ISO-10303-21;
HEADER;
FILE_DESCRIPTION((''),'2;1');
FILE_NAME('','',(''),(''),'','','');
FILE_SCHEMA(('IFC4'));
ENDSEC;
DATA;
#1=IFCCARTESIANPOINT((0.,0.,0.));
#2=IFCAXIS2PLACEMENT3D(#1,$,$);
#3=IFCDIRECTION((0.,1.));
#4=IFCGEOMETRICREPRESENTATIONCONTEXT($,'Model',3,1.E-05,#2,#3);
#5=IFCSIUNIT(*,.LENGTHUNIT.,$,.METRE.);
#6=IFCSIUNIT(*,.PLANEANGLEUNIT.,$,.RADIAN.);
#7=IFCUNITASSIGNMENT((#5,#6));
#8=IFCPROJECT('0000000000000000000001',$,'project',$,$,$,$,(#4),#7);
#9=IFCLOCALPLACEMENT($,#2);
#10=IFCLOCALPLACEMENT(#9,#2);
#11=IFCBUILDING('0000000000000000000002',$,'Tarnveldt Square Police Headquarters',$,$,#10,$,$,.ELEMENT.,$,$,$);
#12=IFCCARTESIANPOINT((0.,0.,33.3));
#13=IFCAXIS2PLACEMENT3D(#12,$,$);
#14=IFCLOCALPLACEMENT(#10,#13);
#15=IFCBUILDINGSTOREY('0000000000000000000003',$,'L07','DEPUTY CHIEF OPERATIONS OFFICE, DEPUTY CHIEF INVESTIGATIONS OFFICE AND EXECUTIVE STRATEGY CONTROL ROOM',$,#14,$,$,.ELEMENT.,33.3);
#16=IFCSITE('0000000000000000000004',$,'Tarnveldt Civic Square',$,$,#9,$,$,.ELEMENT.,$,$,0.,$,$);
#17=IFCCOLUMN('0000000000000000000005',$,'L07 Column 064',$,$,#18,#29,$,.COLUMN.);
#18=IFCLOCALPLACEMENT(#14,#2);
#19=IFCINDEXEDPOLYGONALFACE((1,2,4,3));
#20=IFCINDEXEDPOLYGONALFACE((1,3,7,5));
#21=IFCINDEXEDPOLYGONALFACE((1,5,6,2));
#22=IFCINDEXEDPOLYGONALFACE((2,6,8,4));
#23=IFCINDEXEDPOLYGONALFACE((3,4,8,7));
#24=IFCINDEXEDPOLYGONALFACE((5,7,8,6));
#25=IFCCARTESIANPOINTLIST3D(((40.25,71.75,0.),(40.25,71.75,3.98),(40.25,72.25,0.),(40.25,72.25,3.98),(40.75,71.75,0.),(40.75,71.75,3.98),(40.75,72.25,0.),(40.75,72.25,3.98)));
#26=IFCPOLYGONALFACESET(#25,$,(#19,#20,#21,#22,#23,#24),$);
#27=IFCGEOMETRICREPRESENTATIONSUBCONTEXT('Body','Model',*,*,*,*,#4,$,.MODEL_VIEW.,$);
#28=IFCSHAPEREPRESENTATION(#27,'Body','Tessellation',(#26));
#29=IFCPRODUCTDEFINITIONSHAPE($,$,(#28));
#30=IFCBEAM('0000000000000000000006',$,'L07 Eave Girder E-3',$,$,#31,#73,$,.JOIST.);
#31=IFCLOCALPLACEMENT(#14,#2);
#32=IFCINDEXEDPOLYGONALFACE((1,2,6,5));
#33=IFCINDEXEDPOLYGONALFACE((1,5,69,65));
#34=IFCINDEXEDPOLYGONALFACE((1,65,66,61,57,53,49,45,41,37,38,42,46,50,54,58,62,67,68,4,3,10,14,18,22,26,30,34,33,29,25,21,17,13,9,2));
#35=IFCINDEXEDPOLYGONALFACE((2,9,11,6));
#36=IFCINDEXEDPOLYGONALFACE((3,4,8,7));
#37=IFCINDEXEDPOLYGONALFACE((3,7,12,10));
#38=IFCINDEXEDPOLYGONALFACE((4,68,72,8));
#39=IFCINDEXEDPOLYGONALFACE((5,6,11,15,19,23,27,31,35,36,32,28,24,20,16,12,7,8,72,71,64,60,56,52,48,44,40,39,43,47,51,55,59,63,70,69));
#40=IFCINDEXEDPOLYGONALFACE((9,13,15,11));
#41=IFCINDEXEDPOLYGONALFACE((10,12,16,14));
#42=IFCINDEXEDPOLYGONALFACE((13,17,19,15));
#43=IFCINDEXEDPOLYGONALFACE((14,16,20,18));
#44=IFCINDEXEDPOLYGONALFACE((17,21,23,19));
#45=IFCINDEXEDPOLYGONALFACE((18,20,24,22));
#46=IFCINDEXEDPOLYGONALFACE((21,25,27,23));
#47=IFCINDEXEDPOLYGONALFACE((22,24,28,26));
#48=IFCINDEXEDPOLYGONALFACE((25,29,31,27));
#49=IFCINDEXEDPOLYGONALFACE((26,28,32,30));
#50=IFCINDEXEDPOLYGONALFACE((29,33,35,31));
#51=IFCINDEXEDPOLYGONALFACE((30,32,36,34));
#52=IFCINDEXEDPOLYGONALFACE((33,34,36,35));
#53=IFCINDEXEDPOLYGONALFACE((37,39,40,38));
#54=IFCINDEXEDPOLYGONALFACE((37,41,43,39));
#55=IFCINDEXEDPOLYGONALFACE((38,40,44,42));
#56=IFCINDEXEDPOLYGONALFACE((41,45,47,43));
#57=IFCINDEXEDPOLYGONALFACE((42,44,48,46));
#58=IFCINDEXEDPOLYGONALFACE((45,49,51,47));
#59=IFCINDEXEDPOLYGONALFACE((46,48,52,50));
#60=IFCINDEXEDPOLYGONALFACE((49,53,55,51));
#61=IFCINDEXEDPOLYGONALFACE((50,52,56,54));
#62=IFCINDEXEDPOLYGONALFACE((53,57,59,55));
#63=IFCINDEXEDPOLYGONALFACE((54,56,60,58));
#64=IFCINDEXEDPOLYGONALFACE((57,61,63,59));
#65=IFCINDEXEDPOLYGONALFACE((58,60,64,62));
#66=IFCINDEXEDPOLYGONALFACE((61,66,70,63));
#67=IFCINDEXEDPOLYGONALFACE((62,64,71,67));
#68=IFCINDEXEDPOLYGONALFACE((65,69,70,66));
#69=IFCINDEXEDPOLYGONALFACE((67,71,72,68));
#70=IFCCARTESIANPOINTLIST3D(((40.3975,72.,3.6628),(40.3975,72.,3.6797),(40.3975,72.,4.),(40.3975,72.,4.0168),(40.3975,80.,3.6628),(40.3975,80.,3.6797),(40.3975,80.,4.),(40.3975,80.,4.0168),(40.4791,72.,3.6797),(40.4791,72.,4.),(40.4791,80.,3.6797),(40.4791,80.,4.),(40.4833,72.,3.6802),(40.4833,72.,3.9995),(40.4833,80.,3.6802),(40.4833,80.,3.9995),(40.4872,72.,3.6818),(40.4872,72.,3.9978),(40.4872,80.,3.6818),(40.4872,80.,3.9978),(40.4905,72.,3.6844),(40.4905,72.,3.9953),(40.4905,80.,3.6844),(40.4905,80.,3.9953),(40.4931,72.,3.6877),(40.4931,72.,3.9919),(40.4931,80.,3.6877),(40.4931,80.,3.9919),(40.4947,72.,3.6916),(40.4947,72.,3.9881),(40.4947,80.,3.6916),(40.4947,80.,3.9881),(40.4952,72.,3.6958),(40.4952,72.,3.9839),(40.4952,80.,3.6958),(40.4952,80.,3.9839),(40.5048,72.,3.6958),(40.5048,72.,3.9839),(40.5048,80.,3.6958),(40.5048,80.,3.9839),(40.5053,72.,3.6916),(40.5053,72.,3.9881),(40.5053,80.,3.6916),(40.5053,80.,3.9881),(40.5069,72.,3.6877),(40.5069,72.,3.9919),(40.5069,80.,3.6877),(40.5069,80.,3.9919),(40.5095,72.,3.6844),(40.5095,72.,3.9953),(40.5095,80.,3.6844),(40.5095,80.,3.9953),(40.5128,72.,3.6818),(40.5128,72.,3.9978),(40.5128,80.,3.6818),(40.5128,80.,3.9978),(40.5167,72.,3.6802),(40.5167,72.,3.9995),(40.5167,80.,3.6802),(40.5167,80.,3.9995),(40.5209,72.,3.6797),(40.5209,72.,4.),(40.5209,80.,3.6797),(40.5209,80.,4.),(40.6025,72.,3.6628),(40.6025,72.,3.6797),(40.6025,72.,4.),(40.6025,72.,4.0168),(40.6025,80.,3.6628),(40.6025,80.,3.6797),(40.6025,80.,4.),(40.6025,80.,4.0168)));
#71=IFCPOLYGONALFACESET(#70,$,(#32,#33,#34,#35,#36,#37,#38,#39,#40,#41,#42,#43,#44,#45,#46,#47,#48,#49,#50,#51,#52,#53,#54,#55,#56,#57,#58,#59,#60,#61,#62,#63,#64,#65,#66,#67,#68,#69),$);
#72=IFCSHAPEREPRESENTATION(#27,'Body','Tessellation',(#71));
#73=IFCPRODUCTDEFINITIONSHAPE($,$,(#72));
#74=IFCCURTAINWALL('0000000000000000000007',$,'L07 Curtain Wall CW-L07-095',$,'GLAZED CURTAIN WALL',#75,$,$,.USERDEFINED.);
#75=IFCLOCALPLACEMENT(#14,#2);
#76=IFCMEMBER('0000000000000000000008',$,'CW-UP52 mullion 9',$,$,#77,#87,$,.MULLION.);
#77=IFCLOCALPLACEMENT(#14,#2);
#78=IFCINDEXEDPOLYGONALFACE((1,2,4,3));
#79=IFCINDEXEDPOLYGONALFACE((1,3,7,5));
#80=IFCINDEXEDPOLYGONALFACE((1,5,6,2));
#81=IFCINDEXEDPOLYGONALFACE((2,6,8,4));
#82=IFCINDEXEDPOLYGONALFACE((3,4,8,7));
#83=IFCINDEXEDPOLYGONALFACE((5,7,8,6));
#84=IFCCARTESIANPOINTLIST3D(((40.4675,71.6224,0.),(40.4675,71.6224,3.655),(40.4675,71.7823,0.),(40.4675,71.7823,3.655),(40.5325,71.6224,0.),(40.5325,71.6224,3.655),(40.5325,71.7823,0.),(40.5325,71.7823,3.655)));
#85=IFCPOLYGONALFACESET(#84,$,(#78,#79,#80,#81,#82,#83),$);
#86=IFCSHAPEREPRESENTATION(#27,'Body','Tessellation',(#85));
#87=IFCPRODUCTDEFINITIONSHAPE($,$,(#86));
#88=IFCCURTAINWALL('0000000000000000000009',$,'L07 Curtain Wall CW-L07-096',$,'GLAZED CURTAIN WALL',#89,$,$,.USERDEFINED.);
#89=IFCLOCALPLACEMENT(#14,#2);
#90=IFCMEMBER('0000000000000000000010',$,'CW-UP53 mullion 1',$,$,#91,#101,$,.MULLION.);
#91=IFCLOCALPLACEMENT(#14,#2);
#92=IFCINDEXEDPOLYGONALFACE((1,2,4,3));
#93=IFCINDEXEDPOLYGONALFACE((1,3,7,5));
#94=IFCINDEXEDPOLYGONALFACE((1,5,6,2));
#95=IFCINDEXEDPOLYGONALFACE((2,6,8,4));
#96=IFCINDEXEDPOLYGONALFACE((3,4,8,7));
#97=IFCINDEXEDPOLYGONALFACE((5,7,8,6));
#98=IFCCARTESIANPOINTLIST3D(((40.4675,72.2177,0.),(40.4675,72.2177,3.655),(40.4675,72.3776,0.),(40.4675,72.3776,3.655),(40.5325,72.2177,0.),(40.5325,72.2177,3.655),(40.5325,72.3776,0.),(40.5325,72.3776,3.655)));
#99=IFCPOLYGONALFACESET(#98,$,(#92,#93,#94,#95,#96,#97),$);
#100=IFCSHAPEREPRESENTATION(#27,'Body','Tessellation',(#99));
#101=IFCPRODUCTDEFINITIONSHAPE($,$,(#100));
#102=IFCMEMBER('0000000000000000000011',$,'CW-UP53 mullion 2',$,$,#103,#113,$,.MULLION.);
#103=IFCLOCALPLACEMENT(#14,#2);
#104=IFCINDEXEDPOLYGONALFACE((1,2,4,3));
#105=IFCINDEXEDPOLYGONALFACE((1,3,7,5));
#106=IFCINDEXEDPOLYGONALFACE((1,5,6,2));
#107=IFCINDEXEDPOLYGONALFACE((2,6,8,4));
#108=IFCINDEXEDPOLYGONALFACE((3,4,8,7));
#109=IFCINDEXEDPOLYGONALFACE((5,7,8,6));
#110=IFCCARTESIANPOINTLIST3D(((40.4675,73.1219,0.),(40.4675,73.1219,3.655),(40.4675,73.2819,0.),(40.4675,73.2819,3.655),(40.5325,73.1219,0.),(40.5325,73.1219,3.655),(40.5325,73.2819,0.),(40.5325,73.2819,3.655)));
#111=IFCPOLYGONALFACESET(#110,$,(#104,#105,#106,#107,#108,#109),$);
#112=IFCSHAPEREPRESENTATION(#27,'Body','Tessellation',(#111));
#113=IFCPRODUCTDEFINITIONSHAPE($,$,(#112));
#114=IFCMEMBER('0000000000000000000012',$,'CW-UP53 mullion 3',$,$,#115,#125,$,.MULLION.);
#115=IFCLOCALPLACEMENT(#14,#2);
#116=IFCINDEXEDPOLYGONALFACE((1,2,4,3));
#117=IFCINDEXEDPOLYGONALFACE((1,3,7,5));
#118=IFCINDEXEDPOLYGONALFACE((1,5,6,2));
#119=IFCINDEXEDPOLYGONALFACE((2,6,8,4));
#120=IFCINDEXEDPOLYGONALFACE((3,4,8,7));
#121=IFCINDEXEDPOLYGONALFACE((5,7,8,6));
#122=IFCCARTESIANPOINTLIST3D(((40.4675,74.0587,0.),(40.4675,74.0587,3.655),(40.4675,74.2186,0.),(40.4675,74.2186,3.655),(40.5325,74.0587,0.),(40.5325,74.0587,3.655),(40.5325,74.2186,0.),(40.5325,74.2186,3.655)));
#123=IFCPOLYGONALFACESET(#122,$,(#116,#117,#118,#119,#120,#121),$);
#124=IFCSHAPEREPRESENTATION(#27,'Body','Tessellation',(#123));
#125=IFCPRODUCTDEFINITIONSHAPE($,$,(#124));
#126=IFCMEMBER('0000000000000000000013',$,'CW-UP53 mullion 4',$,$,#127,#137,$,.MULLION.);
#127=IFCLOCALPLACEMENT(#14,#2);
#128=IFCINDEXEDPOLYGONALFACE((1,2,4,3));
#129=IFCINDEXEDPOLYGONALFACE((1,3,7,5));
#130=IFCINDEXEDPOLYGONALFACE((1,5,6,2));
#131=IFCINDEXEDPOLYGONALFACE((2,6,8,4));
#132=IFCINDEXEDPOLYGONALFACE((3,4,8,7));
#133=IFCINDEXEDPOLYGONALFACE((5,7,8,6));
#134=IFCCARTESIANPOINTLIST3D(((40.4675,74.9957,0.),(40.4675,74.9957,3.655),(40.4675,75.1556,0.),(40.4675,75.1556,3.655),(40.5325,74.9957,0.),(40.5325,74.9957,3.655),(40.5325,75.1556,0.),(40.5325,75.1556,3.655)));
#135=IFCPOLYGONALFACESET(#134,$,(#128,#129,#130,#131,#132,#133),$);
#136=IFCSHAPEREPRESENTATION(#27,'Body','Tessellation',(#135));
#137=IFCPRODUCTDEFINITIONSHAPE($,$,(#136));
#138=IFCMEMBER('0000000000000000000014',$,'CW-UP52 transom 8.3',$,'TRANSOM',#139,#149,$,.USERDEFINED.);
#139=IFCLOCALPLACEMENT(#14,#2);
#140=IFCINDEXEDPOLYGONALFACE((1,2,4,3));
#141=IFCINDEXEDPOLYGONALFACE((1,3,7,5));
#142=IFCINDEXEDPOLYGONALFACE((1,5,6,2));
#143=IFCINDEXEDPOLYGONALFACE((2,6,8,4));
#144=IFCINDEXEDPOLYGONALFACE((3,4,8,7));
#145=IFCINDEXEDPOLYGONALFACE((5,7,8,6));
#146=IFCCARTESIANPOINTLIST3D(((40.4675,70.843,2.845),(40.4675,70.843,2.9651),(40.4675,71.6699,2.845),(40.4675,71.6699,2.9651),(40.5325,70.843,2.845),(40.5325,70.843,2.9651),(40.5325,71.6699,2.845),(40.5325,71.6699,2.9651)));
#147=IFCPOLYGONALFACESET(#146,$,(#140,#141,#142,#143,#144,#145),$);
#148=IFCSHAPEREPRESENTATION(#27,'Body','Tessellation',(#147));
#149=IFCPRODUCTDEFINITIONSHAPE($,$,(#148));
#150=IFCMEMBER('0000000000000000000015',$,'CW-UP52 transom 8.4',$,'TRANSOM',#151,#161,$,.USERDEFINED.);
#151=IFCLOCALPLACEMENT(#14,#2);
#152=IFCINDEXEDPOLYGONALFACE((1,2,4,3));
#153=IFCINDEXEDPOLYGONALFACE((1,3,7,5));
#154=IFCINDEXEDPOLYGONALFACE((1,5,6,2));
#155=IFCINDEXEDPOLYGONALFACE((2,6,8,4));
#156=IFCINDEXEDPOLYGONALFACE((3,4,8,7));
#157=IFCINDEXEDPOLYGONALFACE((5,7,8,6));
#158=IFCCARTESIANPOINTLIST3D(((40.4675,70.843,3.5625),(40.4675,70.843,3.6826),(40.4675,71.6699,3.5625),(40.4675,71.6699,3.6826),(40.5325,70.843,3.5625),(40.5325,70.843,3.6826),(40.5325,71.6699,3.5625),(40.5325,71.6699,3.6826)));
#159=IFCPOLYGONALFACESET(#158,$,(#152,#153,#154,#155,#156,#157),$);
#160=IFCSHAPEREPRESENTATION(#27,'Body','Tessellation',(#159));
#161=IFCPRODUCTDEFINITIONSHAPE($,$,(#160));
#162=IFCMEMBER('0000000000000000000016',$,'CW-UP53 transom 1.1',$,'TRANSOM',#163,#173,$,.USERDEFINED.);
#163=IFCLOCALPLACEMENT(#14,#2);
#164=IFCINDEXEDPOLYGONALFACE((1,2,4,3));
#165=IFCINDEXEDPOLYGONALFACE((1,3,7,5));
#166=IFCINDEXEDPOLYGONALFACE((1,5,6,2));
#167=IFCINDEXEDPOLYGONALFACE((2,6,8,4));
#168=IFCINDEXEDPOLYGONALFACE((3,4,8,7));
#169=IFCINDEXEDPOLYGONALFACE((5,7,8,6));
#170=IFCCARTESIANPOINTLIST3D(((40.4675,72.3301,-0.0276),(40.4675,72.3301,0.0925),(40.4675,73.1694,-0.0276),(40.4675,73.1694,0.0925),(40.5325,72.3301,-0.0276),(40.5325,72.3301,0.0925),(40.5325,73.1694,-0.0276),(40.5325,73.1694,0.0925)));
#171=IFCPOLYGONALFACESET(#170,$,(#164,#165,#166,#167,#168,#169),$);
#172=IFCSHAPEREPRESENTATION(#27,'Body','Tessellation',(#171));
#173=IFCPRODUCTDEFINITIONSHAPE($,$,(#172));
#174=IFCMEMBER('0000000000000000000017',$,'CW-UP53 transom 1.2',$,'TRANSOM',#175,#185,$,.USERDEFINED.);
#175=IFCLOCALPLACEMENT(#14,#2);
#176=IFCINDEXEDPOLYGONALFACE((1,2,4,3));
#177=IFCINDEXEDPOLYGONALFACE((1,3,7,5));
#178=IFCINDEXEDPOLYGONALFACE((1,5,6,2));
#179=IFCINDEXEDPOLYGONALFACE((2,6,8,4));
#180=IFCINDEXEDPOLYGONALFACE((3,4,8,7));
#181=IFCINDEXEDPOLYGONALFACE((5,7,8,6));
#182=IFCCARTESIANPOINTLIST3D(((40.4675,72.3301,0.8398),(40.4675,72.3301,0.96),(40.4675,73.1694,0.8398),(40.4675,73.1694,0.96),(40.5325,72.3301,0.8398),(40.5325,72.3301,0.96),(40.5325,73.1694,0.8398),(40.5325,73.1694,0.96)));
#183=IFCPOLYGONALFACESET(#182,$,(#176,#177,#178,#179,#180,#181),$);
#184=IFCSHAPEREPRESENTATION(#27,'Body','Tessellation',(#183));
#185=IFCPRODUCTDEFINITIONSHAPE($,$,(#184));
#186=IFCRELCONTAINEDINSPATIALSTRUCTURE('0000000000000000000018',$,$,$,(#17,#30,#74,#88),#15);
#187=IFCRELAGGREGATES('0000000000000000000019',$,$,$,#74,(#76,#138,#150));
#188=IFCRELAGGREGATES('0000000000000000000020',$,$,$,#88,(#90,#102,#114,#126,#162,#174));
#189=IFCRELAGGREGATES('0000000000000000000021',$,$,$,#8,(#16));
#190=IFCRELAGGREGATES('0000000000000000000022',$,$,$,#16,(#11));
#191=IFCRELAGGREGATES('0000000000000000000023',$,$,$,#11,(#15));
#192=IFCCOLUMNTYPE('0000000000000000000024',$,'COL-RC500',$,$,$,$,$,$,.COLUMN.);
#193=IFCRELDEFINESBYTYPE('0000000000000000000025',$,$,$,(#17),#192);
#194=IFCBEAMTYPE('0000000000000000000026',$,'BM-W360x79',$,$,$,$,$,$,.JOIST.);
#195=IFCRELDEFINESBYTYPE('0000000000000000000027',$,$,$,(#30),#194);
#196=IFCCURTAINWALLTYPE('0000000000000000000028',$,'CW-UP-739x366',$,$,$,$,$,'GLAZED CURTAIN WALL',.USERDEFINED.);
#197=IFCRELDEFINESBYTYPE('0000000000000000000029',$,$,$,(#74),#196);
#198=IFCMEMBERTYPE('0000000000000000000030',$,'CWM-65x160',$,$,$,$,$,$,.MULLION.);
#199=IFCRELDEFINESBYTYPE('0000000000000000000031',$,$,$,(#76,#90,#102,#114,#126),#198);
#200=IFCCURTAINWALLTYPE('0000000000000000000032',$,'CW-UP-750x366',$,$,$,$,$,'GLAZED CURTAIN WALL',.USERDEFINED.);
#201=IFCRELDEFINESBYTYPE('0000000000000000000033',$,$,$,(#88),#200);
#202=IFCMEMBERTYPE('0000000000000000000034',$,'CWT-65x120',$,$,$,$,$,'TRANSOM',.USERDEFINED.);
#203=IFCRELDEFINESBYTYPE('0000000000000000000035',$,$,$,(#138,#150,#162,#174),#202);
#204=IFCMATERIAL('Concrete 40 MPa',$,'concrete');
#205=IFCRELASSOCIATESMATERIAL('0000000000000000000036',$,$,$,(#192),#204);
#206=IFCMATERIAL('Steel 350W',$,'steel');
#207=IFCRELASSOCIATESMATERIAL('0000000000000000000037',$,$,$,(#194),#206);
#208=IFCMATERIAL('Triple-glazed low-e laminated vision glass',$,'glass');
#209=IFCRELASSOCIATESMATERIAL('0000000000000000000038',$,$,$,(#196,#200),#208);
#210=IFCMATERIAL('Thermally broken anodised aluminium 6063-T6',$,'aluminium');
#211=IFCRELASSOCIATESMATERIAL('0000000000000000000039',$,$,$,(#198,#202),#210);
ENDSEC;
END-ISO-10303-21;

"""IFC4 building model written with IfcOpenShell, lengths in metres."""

from ifc_helpers import new_model, si_unit, direction, frame, origin, origin_2d, place, context, subcontext, project, spatial, rectangle, i_section, extrude, material, material_profile, profile_set, type_object, element, aggregate, save


model = new_model("IFC4")

# Units and contexts
model_context = context("Model", 3, precision=1e-05, world=origin(), true_north=direction((0.0, 1.0)))
body_context = subcontext(model_context, "Body", "Model", "MODEL_VIEW")
ifc_project = project(units=[si_unit("LENGTHUNIT", "METRE"), si_unit("PLANEANGLEUNIT", "RADIAN")], contexts=[model_context])

# Site, building, storey
site_placement = place(None, origin())
site = spatial("IfcSite", under=ifc_project, at=site_placement, Name="Tarnveldt Civic Square", CompositionType="ELEMENT", RefElevation=0.0)
building_placement = place(site_placement, origin())
building = spatial("IfcBuilding", under=site, at=building_placement, Name="Tarnveldt Square Police Headquarters", CompositionType="ELEMENT")
storey_placement = place(building_placement, frame((0.0, 0.0, 33.3)))
storey = spatial("IfcBuildingStorey", under=building, at=storey_placement, Name="L07", Description="DEPUTY CHIEF OPERATIONS OFFICE, DEPUTY CHIEF INVESTIGATIONS OFFICE AND EXECUTIVE STRATEGY CONTROL ROOM", CompositionType="ELEMENT", Elevation=33.3)

# Column
ifc_material_1 = material(Name="Concrete 40 MPa", Category="concrete")
ifc_material_profile_1 = material_profile(ifc_material_1, rectangle(XDim=0.5, YDim=0.5, at=origin_2d()), Name="RC-C500x500")
ifc_profile_set_1 = profile_set([ifc_material_profile_1], Name="Concrete 40 MPa")
column_type = type_object("IfcColumnType", Name="COL-RC500", PredefinedType="COLUMN", material=ifc_profile_set_1)
column_placement = place(storey_placement, frame((40.5, 72.0, 0.0), z_axis=(0.0, 0.0, 1.0), x_axis=(1.0, 0.0, 0.0)))
element("IfcColumn", 1, at=column_placement, inside=storey, type_object=column_type, Name="L07 Column 064", PredefinedType="COLUMN", context=body_context, shape_type="SweptSolid", body=[
    extrude(rectangle(XDim=0.5, YDim=0.5, at=origin_2d()), origin(), (0.0, 0.0, 1.0), 3.98),
])

# Beam
ifc_material_2 = material(Name="Steel 350W", Category="steel")
ifc_material_profile_2 = material_profile(ifc_material_2, i_section(OverallWidth=0.2051, OverallDepth=0.354, WebThickness=0.0095, FlangeThickness=0.0168, FilletRadius=0.0161, at=origin_2d()), Name="W360x79")
ifc_profile_set_2 = profile_set([ifc_material_profile_2], Name="Steel 350W")
beam_type = type_object("IfcBeamType", Name="BM-W360x79", PredefinedType="JOIST", material=ifc_profile_set_2)
beam_placement = place(storey_placement, frame((40.5, 72.0, 3.8398), z_axis=(0.0, 1.0, 0.0), x_axis=(-1.0, 0.0, 0.0)))
element("IfcBeam", 2, at=beam_placement, inside=storey, type_object=beam_type, Name="L07 Eave Girder E-3", PredefinedType="JOIST", context=body_context, shape_type="SweptSolid", body=[
    extrude(i_section(OverallWidth=0.2051, OverallDepth=0.354, WebThickness=0.0095, FlangeThickness=0.0168, FilletRadius=0.0161, at=origin_2d()), origin(), (0.0, 0.0, 1.0), 8.0),
])

# Curtain wall, member
ifc_material_3 = material(Name="Triple-glazed low-e laminated vision glass", Category="glass")
curtain_wall_type_1 = type_object("IfcCurtainWallType", Name="CW-UP-739x366", ElementType="GLAZED CURTAIN WALL", PredefinedType="USERDEFINED", material=ifc_material_3)
curtain_wall_1_placement = place(storey_placement, origin())
curtain_wall_1 = element("IfcCurtainWall", 3, at=curtain_wall_1_placement, inside=storey, type_object=curtain_wall_type_1, Name="L07 Curtain Wall CW-L07-095", ObjectType="GLAZED CURTAIN WALL", PredefinedType="USERDEFINED")
ifc_material_4 = material(Name="Thermally broken anodised aluminium 6063-T6", Category="aluminium")
ifc_material_profile_3 = material_profile(ifc_material_4, rectangle(XDim=0.0649, YDim=0.1599, at=origin_2d()), Name="CW-M65x160")
ifc_profile_set_3 = profile_set([ifc_material_profile_3], Name="Thermally broken anodised aluminium 6063-T6")
member_type_1 = type_object("IfcMemberType", Name="CWM-65x160", PredefinedType="MULLION", material=ifc_profile_set_3)
member_1_placement = place(storey_placement, frame((40.5, 71.7024, 0.0), z_axis=(0.0, 0.0, 1.0), x_axis=(-1.0, 0.0, 0.0)))
member_1 = element("IfcMember", 4, at=member_1_placement, type_object=member_type_1, Name="CW-UP52 mullion 9", PredefinedType="MULLION", context=body_context, shape_type="SweptSolid", body=[
    extrude(rectangle(XDim=0.0649, YDim=0.1599, at=origin_2d()), origin(), (0.0, 0.0, 1.0), 3.655),
])

# Curtain wall, members
curtain_wall_type_2 = type_object("IfcCurtainWallType", Name="CW-UP-750x366", ElementType="GLAZED CURTAIN WALL", PredefinedType="USERDEFINED", material=ifc_material_3)
curtain_wall_2_placement = place(storey_placement, origin())
curtain_wall_2 = element("IfcCurtainWall", 5, at=curtain_wall_2_placement, inside=storey, type_object=curtain_wall_type_2, Name="L07 Curtain Wall CW-L07-096", ObjectType="GLAZED CURTAIN WALL", PredefinedType="USERDEFINED")
member_2_placement = place(storey_placement, frame((40.5, 72.2976, 0.0), z_axis=(0.0, 0.0, 1.0), x_axis=(-1.0, 0.0, 0.0)))
member_2 = element("IfcMember", 6, at=member_2_placement, type_object=member_type_1, Name="CW-UP53 mullion 1", PredefinedType="MULLION", context=body_context, shape_type="SweptSolid", body=[
    extrude(rectangle(XDim=0.0649, YDim=0.1599, at=origin_2d()), origin(), (0.0, 0.0, 1.0), 3.655),
])
member_3_placement = place(storey_placement, frame((40.5, 73.2019, 0.0), z_axis=(0.0, 0.0, 1.0), x_axis=(-1.0, 0.0, 0.0)))
member_3 = element("IfcMember", 7, at=member_3_placement, type_object=member_type_1, Name="CW-UP53 mullion 2", PredefinedType="MULLION", context=body_context, shape_type="SweptSolid", body=[
    extrude(rectangle(XDim=0.0649, YDim=0.1599, at=origin_2d()), origin(), (0.0, 0.0, 1.0), 3.655),
])
member_4_placement = place(storey_placement, frame((40.5, 74.1387, 0.0), z_axis=(0.0, 0.0, 1.0), x_axis=(-1.0, 0.0, 0.0)))
member_4 = element("IfcMember", 8, at=member_4_placement, type_object=member_type_1, Name="CW-UP53 mullion 3", PredefinedType="MULLION", context=body_context, shape_type="SweptSolid", body=[
    extrude(rectangle(XDim=0.0649, YDim=0.1599, at=origin_2d()), origin(), (0.0, 0.0, 1.0), 3.655),
])
member_5_placement = place(storey_placement, frame((40.5, 75.0757, 0.0), z_axis=(0.0, 0.0, 1.0), x_axis=(-1.0, 0.0, 0.0)))
member_5 = element("IfcMember", 9, at=member_5_placement, type_object=member_type_1, Name="CW-UP53 mullion 4", PredefinedType="MULLION", context=body_context, shape_type="SweptSolid", body=[
    extrude(rectangle(XDim=0.0649, YDim=0.1599, at=origin_2d()), origin(), (0.0, 0.0, 1.0), 3.655),
])

# Members
ifc_material_profile_4 = material_profile(ifc_material_4, rectangle(XDim=0.0649, YDim=0.1201, at=origin_2d()), Name="CW-T65x120")
ifc_profile_set_4 = profile_set([ifc_material_profile_4], Name="Thermally broken anodised aluminium 6063-T6")
member_type_2 = type_object("IfcMemberType", Name="CWT-65x120", ElementType="TRANSOM", PredefinedType="USERDEFINED", material=ifc_profile_set_4)
member_6_placement = place(storey_placement, frame((40.5, 70.843, 2.905), z_axis=(0.0, 1.0, 0.0), x_axis=(-1.0, 0.0, 0.0)))
member_6 = element("IfcMember", 10, at=member_6_placement, type_object=member_type_2, Name="CW-UP52 transom 8.3", ObjectType="TRANSOM", PredefinedType="USERDEFINED", context=body_context, shape_type="SweptSolid", body=[
    extrude(rectangle(XDim=0.0649, YDim=0.1201, at=origin_2d()), origin(), (0.0, 0.0, 1.0), 0.8269),
])
member_7_placement = place(storey_placement, frame((40.5, 70.843, 3.6226), z_axis=(0.0, 1.0, 0.0), x_axis=(-1.0, 0.0, 0.0)))
member_7 = element("IfcMember", 11, at=member_7_placement, type_object=member_type_2, Name="CW-UP52 transom 8.4", ObjectType="TRANSOM", PredefinedType="USERDEFINED", context=body_context, shape_type="SweptSolid", body=[
    extrude(rectangle(XDim=0.0649, YDim=0.1201, at=origin_2d()), origin(), (0.0, 0.0, 1.0), 0.8269),
])
member_8_placement = place(storey_placement, frame((40.5, 72.3301, 0.0325), z_axis=(0.0, 1.0, 0.0), x_axis=(-1.0, 0.0, 0.0)))
member_8 = element("IfcMember", 12, at=member_8_placement, type_object=member_type_2, Name="CW-UP53 transom 1.1", ObjectType="TRANSOM", PredefinedType="USERDEFINED", context=body_context, shape_type="SweptSolid", body=[
    extrude(rectangle(XDim=0.0649, YDim=0.1201, at=origin_2d()), origin(), (0.0, 0.0, 1.0), 0.8394),
])
member_9_placement = place(storey_placement, frame((40.5, 72.3301, 0.8999), z_axis=(0.0, 1.0, 0.0), x_axis=(-1.0, 0.0, 0.0)))
member_9 = element("IfcMember", 13, at=member_9_placement, type_object=member_type_2, Name="CW-UP53 transom 1.2", ObjectType="TRANSOM", PredefinedType="USERDEFINED", context=body_context, shape_type="SweptSolid", body=[
    extrude(rectangle(XDim=0.0649, YDim=0.1201, at=origin_2d()), origin(), (0.0, 0.0, 1.0), 0.8394),
])

aggregate(curtain_wall_1, [member_1, member_6, member_7])
aggregate(curtain_wall_2, [member_2, member_3, member_4, member_5, member_8, member_9])

save(model, "model.ifc")
